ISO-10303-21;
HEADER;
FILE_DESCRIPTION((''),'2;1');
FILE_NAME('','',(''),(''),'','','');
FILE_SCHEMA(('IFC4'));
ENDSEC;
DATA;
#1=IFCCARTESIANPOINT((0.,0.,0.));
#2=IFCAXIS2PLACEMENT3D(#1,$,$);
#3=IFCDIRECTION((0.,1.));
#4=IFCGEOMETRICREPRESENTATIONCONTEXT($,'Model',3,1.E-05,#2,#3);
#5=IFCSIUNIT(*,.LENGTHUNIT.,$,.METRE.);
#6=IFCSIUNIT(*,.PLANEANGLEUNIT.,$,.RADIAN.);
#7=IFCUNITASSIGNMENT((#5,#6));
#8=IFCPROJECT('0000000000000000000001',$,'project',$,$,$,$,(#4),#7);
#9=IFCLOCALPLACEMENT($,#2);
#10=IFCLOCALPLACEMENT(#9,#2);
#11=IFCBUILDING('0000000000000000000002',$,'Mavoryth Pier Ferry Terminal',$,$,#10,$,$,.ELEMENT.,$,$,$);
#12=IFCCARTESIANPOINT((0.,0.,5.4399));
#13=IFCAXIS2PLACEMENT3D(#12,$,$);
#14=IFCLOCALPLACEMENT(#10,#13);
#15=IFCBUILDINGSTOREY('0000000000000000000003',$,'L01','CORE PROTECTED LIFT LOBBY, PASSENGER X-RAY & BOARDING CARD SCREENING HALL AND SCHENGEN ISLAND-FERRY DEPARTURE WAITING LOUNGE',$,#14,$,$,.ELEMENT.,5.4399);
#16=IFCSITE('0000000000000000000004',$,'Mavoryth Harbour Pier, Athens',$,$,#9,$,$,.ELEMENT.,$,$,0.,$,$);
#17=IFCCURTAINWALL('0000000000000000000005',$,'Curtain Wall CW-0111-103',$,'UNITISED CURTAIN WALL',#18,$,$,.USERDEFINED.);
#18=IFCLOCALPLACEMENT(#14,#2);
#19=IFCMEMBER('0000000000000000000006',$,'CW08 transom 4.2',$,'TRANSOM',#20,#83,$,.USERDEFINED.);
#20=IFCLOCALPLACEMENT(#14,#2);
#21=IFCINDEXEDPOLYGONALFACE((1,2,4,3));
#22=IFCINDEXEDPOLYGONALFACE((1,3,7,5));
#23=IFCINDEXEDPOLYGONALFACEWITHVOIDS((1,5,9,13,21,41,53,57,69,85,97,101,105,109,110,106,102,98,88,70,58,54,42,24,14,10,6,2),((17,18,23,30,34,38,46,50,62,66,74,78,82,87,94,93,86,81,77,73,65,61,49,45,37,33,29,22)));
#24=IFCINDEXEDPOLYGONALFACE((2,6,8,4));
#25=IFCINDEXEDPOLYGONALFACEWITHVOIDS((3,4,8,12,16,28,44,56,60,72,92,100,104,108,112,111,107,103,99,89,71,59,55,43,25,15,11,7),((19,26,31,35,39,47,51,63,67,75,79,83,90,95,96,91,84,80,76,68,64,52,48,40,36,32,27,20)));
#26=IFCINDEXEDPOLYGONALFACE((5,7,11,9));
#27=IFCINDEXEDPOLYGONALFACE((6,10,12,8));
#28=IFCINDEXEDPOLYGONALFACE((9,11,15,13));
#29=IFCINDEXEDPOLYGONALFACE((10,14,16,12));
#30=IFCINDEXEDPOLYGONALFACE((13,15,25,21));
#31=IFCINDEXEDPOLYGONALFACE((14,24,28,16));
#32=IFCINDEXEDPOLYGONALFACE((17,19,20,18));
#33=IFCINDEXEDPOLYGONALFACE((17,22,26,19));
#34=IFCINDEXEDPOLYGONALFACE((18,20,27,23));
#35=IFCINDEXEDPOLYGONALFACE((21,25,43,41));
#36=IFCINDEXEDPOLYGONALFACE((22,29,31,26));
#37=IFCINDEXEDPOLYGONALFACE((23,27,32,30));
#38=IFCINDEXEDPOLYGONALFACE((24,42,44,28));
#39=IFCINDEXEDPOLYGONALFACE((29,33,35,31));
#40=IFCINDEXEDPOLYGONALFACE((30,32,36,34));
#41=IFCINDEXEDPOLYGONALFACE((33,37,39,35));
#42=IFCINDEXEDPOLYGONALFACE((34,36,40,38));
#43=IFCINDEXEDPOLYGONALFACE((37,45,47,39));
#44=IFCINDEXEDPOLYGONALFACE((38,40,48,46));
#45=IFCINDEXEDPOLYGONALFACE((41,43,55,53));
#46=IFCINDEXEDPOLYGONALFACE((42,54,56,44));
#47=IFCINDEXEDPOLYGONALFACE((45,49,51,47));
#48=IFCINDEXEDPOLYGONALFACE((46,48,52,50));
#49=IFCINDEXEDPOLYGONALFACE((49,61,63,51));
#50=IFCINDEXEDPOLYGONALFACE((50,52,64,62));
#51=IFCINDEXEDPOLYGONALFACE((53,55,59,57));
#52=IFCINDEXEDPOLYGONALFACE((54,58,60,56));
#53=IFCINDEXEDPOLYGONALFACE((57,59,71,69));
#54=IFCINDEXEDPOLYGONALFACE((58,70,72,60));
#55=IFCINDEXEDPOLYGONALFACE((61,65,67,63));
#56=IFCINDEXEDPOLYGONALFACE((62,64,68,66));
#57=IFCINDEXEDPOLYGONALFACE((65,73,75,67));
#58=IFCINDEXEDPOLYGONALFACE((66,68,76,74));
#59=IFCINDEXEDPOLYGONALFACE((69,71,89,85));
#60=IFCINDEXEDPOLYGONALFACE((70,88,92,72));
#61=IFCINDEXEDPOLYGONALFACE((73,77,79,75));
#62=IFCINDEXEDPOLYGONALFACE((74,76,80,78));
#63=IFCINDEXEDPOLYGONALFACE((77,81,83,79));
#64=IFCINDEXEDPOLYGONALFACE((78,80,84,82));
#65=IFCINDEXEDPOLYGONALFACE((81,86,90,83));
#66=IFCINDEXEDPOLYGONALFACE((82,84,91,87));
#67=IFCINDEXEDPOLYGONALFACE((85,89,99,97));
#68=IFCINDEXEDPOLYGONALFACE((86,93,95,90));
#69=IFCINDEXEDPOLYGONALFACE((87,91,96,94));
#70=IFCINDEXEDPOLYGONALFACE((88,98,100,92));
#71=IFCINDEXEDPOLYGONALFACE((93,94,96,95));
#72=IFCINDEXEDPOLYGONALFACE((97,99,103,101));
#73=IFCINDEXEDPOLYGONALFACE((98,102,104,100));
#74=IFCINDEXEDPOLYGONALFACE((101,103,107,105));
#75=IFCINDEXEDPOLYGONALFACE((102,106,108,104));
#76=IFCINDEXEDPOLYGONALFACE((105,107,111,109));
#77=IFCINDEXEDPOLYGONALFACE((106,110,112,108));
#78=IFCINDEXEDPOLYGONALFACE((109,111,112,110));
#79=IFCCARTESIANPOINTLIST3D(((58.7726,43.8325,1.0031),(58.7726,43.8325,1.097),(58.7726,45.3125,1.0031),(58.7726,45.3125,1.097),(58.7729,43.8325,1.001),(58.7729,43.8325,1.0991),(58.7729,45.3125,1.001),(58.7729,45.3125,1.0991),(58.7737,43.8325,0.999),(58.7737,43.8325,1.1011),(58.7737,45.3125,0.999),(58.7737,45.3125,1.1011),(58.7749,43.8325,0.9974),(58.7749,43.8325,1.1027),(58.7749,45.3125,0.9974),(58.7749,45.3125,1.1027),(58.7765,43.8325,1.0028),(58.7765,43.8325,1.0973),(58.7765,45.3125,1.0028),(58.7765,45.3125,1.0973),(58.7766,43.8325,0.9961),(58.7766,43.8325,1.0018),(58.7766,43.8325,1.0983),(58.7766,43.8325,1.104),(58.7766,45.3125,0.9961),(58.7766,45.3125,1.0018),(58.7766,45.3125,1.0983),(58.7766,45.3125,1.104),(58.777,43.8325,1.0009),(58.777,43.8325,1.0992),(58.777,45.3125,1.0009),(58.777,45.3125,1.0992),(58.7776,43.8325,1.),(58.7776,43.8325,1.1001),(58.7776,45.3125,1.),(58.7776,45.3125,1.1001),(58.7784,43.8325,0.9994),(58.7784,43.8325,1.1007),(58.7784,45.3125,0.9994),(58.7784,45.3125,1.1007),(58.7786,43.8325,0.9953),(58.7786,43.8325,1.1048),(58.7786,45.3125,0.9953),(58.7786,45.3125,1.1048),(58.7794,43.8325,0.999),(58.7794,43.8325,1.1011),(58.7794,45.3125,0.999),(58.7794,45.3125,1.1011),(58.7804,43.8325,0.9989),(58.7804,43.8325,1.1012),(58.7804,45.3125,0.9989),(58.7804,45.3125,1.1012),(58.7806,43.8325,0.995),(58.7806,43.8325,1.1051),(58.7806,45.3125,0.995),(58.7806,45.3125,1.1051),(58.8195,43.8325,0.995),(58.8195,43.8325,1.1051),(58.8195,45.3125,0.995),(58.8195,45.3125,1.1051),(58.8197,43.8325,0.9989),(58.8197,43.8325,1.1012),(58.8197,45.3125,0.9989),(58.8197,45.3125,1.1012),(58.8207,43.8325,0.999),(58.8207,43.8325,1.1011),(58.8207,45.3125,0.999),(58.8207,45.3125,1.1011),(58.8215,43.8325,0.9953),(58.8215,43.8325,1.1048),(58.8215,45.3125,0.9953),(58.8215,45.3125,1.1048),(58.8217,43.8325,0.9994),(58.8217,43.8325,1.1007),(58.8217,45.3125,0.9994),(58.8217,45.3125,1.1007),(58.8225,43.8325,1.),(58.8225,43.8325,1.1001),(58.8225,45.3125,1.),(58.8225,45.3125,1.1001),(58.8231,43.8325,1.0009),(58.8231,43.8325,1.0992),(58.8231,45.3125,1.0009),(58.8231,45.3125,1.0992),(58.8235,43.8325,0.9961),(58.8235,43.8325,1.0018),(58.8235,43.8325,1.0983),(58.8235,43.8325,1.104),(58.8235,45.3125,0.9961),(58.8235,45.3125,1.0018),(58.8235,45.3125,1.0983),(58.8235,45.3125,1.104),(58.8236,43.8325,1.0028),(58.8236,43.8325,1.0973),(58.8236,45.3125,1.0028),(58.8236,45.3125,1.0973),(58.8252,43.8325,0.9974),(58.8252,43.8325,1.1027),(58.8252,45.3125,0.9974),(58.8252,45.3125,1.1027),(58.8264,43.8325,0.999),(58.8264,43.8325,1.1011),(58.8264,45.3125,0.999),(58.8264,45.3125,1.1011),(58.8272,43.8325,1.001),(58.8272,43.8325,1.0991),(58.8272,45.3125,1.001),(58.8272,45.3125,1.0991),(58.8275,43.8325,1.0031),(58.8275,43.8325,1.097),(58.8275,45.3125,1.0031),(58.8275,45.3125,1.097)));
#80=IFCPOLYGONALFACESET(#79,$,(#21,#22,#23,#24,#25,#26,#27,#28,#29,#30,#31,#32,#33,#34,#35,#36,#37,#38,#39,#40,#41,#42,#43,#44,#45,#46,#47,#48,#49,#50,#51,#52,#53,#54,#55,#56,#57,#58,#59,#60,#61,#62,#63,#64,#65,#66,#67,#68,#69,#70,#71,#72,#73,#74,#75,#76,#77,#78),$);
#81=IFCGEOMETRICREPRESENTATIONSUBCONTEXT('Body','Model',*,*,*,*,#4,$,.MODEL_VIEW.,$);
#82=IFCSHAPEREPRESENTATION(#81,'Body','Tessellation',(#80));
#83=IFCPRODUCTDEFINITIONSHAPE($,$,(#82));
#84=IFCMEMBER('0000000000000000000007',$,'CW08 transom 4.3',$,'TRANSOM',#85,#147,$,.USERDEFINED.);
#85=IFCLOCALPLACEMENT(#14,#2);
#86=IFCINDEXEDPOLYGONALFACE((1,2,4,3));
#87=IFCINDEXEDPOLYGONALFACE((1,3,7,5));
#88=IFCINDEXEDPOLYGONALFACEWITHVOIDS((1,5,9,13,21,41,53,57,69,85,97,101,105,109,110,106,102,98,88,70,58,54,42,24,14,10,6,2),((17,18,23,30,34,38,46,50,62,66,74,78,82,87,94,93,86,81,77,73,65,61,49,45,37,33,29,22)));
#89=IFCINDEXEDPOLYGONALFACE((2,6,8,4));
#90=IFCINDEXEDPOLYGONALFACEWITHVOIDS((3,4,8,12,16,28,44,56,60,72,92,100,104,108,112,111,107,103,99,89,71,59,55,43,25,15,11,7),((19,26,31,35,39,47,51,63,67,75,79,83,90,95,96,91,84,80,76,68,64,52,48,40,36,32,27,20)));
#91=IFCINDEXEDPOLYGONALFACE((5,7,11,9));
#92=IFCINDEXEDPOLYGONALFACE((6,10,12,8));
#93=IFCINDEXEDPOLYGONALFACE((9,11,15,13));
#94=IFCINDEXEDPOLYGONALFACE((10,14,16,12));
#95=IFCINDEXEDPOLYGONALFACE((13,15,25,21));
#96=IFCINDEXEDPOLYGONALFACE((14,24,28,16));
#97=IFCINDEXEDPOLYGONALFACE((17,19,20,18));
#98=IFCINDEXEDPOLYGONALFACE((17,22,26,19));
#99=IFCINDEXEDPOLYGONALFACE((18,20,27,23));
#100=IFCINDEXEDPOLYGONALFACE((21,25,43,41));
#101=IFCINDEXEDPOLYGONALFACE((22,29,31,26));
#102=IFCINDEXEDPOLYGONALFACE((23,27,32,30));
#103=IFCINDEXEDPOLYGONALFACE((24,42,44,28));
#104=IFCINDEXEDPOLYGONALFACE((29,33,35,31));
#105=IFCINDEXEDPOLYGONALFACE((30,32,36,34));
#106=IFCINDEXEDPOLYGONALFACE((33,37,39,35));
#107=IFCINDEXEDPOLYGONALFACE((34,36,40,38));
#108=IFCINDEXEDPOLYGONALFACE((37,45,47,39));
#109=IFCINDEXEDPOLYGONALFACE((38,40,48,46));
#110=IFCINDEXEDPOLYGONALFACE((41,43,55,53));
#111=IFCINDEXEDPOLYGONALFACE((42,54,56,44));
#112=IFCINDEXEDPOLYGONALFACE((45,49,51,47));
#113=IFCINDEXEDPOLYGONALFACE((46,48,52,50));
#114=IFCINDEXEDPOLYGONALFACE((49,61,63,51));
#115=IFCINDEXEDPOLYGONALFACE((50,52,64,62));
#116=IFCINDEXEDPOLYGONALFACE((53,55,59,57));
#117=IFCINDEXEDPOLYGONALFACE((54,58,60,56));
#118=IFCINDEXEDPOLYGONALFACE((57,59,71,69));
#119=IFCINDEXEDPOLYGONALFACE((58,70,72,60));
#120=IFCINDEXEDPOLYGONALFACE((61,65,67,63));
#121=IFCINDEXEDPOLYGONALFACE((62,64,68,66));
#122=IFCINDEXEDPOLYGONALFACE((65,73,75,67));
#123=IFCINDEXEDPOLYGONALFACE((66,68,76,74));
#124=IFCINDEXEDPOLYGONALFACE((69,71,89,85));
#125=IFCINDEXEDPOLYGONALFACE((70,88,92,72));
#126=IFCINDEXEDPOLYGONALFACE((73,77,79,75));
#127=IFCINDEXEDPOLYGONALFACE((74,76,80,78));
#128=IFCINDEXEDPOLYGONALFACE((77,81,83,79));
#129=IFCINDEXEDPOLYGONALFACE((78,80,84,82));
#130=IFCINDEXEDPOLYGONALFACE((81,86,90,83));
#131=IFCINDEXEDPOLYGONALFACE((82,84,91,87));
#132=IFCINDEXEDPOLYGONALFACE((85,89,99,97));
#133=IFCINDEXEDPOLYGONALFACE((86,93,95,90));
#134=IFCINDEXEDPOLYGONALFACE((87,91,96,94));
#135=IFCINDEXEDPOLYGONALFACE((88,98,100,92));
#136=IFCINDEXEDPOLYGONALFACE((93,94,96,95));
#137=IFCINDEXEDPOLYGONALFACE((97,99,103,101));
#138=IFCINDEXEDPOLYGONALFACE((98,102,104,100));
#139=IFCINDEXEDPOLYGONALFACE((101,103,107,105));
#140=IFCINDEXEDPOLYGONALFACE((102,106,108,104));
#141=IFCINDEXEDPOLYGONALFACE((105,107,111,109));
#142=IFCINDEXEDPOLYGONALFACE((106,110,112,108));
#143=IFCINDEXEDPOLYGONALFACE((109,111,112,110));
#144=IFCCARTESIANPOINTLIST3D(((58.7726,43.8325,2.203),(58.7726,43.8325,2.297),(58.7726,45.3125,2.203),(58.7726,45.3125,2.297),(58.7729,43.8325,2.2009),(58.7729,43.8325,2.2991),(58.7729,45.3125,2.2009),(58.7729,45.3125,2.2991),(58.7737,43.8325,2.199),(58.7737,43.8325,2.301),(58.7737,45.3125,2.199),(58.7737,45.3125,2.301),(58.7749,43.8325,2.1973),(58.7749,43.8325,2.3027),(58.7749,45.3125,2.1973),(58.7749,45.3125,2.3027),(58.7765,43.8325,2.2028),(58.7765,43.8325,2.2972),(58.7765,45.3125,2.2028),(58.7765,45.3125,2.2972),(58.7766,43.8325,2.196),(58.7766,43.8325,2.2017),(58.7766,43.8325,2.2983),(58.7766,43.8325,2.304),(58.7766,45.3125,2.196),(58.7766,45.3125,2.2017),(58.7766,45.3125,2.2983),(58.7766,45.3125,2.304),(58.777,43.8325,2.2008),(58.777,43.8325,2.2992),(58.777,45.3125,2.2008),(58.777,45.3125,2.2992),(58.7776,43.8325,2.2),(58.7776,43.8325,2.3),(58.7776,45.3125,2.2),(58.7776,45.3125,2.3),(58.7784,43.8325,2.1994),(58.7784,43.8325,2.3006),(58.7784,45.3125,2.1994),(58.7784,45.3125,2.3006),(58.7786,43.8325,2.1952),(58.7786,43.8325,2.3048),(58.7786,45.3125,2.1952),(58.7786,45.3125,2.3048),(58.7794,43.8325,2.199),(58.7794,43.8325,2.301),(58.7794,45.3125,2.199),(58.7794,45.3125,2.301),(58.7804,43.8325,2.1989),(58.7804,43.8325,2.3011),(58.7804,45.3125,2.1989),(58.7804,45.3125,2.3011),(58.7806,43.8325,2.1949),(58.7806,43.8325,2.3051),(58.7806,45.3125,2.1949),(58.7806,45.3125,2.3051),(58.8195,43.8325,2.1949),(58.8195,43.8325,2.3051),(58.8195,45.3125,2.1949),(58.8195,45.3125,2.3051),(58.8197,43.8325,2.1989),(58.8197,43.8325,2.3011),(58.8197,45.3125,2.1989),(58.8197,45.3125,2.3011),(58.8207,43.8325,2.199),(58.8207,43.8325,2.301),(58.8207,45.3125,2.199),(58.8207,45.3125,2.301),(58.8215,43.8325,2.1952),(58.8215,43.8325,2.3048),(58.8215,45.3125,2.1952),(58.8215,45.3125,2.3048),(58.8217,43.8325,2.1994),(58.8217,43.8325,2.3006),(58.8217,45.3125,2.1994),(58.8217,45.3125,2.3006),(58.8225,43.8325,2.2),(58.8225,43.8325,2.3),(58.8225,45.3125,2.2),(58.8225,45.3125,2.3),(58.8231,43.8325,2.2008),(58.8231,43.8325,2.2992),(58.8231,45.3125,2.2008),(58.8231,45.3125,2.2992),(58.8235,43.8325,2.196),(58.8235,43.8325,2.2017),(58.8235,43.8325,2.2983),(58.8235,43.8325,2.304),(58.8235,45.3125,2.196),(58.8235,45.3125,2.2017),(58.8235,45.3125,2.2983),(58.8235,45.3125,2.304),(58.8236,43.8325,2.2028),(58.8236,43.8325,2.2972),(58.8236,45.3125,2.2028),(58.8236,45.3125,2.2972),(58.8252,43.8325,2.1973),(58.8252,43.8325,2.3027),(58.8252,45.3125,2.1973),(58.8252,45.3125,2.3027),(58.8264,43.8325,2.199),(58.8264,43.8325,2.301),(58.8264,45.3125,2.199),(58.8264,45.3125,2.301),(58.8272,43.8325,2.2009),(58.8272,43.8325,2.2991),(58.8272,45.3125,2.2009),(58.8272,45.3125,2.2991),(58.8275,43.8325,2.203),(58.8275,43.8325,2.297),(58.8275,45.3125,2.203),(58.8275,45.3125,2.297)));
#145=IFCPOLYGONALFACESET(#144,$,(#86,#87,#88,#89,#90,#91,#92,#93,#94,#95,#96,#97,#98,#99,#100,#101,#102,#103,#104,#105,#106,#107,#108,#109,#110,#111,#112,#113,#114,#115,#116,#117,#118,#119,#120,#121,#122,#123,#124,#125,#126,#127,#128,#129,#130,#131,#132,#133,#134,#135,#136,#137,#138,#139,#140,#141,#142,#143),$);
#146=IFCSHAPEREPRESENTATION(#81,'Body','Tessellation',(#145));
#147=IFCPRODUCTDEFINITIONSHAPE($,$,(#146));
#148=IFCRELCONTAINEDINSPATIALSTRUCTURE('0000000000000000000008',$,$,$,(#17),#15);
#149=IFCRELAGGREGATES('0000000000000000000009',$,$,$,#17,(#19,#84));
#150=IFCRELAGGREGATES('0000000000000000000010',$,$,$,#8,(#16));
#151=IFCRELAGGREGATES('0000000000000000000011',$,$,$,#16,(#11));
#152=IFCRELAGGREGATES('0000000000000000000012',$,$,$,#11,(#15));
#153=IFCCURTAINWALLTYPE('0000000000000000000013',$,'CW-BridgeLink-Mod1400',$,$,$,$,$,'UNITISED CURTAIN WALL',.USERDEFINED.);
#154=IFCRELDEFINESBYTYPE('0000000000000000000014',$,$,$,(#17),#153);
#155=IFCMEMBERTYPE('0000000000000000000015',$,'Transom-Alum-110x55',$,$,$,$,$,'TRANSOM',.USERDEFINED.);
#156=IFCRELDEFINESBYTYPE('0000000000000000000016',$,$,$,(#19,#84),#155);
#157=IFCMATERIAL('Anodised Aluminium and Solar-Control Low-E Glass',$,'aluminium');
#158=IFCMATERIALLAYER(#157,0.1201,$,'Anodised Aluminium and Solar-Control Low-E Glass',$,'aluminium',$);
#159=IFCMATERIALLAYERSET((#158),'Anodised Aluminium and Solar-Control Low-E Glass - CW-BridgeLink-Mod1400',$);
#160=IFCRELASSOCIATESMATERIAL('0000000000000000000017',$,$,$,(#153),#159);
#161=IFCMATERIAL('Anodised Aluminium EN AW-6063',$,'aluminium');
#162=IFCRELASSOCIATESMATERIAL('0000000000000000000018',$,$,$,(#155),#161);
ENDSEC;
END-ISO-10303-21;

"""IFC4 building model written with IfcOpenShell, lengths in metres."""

from ifc_helpers import new_model, si_unit, direction, frame, origin, origin_2d, place, context, subcontext, project, spatial, hollow_rectangle, extrude, material, layer, layer_set, material_profile, profile_set, type_object, element, aggregate, save


model = new_model("IFC4")

# Units and contexts
model_context = context("Model", 3, precision=1e-05, world=origin(), true_north=direction((0.0, 1.0)))
body_context = subcontext(model_context, "Body", "Model", "MODEL_VIEW")
ifc_project = project(units=[si_unit("LENGTHUNIT", "METRE"), si_unit("PLANEANGLEUNIT", "RADIAN")], contexts=[model_context])

# Site, building, storey
site_placement = place(None, origin())
site = spatial("IfcSite", under=ifc_project, at=site_placement, Name="Mavoryth Harbour Pier, Athens", CompositionType="ELEMENT", RefElevation=0.0)
building_placement = place(site_placement, origin())
building = spatial("IfcBuilding", under=site, at=building_placement, Name="Mavoryth Pier Ferry Terminal", CompositionType="ELEMENT")
storey_placement = place(building_placement, frame((0.0, 0.0, 5.4399)))
storey = spatial("IfcBuildingStorey", under=building, at=storey_placement, Name="L01", Description="CORE PROTECTED LIFT LOBBY, PASSENGER X-RAY & BOARDING CARD SCREENING HALL AND SCHENGEN ISLAND-FERRY DEPARTURE WAITING LOUNGE", CompositionType="ELEMENT", Elevation=5.4399)

# Curtain wall
ifc_material_1 = material(Name="Anodised Aluminium and Solar-Control Low-E Glass", Category="aluminium")
ifc_layer_1 = layer(ifc_material_1, 0.1201, Name="Anodised Aluminium and Solar-Control Low-E Glass", Category="aluminium")
ifc_layer_set_1 = layer_set([ifc_layer_1], Name="Anodised Aluminium and Solar-Control Low-E Glass - CW-BridgeLink-Mod1400")
curtain_wall_type = type_object("IfcCurtainWallType", Name="CW-BridgeLink-Mod1400", ElementType="UNITISED CURTAIN WALL", PredefinedType="USERDEFINED", material=ifc_layer_set_1)
curtain_wall_1_placement = place(storey_placement, origin())
curtain_wall_1 = element("IfcCurtainWall", 1, at=curtain_wall_1_placement, inside=storey, type_object=curtain_wall_type, Name="Curtain Wall CW-0111-103", ObjectType="UNITISED CURTAIN WALL", PredefinedType="USERDEFINED")
ifc_material_2 = material(Name="Anodised Aluminium EN AW-6063", Category="aluminium")

# Members
ifc_material_profile_1 = material_profile(ifc_material_2, hollow_rectangle(XDim=0.0549, YDim=0.1101, WallThickness=0.0039, InnerFilletRadius=0.0039, OuterFilletRadius=0.0081, at=origin_2d()), Name="AL-TRAN 110x55x4", Category="aluminium")
ifc_profile_set_1 = profile_set([ifc_material_profile_1], Name="Anodised Aluminium EN AW-6063 - AL-TRAN 110x55x4")
member_type_1 = type_object("IfcMemberType", Name="Transom-Alum-110x55", ElementType="TRANSOM", PredefinedType="USERDEFINED", material=ifc_profile_set_1)
member_1_placement = place(storey_placement, frame((58.8, 43.8325, 1.05), z_axis=(0.0, 1.0, 0.0), x_axis=(-1.0, 0.0, 0.0)))
member_1 = element("IfcMember", 2, at=member_1_placement, type_object=member_type_1, Name="CW08 transom 4.2", ObjectType="TRANSOM", PredefinedType="USERDEFINED", context=body_context, shape_type="SweptSolid", body=[
    extrude(hollow_rectangle(XDim=0.0549, YDim=0.1101, WallThickness=0.0039, InnerFilletRadius=0.0039, OuterFilletRadius=0.0081, at=origin_2d()), origin(), (0.0, 0.0, 1.0), 1.48),
])
member_2_placement = place(storey_placement, frame((58.8, 43.8325, 2.25), z_axis=(0.0, 1.0, 0.0), x_axis=(-1.0, 0.0, 0.0)))
member_2 = element("IfcMember", 3, at=member_2_placement, type_object=member_type_1, Name="CW08 transom 4.3", ObjectType="TRANSOM", PredefinedType="USERDEFINED", context=body_context, shape_type="SweptSolid", body=[
    extrude(hollow_rectangle(XDim=0.0549, YDim=0.1101, WallThickness=0.0039, InnerFilletRadius=0.0039, OuterFilletRadius=0.0081, at=origin_2d()), origin(), (0.0, 0.0, 1.0), 1.48),
])

aggregate(curtain_wall_1, [member_1, member_2])

save(model, "model.ifc")
